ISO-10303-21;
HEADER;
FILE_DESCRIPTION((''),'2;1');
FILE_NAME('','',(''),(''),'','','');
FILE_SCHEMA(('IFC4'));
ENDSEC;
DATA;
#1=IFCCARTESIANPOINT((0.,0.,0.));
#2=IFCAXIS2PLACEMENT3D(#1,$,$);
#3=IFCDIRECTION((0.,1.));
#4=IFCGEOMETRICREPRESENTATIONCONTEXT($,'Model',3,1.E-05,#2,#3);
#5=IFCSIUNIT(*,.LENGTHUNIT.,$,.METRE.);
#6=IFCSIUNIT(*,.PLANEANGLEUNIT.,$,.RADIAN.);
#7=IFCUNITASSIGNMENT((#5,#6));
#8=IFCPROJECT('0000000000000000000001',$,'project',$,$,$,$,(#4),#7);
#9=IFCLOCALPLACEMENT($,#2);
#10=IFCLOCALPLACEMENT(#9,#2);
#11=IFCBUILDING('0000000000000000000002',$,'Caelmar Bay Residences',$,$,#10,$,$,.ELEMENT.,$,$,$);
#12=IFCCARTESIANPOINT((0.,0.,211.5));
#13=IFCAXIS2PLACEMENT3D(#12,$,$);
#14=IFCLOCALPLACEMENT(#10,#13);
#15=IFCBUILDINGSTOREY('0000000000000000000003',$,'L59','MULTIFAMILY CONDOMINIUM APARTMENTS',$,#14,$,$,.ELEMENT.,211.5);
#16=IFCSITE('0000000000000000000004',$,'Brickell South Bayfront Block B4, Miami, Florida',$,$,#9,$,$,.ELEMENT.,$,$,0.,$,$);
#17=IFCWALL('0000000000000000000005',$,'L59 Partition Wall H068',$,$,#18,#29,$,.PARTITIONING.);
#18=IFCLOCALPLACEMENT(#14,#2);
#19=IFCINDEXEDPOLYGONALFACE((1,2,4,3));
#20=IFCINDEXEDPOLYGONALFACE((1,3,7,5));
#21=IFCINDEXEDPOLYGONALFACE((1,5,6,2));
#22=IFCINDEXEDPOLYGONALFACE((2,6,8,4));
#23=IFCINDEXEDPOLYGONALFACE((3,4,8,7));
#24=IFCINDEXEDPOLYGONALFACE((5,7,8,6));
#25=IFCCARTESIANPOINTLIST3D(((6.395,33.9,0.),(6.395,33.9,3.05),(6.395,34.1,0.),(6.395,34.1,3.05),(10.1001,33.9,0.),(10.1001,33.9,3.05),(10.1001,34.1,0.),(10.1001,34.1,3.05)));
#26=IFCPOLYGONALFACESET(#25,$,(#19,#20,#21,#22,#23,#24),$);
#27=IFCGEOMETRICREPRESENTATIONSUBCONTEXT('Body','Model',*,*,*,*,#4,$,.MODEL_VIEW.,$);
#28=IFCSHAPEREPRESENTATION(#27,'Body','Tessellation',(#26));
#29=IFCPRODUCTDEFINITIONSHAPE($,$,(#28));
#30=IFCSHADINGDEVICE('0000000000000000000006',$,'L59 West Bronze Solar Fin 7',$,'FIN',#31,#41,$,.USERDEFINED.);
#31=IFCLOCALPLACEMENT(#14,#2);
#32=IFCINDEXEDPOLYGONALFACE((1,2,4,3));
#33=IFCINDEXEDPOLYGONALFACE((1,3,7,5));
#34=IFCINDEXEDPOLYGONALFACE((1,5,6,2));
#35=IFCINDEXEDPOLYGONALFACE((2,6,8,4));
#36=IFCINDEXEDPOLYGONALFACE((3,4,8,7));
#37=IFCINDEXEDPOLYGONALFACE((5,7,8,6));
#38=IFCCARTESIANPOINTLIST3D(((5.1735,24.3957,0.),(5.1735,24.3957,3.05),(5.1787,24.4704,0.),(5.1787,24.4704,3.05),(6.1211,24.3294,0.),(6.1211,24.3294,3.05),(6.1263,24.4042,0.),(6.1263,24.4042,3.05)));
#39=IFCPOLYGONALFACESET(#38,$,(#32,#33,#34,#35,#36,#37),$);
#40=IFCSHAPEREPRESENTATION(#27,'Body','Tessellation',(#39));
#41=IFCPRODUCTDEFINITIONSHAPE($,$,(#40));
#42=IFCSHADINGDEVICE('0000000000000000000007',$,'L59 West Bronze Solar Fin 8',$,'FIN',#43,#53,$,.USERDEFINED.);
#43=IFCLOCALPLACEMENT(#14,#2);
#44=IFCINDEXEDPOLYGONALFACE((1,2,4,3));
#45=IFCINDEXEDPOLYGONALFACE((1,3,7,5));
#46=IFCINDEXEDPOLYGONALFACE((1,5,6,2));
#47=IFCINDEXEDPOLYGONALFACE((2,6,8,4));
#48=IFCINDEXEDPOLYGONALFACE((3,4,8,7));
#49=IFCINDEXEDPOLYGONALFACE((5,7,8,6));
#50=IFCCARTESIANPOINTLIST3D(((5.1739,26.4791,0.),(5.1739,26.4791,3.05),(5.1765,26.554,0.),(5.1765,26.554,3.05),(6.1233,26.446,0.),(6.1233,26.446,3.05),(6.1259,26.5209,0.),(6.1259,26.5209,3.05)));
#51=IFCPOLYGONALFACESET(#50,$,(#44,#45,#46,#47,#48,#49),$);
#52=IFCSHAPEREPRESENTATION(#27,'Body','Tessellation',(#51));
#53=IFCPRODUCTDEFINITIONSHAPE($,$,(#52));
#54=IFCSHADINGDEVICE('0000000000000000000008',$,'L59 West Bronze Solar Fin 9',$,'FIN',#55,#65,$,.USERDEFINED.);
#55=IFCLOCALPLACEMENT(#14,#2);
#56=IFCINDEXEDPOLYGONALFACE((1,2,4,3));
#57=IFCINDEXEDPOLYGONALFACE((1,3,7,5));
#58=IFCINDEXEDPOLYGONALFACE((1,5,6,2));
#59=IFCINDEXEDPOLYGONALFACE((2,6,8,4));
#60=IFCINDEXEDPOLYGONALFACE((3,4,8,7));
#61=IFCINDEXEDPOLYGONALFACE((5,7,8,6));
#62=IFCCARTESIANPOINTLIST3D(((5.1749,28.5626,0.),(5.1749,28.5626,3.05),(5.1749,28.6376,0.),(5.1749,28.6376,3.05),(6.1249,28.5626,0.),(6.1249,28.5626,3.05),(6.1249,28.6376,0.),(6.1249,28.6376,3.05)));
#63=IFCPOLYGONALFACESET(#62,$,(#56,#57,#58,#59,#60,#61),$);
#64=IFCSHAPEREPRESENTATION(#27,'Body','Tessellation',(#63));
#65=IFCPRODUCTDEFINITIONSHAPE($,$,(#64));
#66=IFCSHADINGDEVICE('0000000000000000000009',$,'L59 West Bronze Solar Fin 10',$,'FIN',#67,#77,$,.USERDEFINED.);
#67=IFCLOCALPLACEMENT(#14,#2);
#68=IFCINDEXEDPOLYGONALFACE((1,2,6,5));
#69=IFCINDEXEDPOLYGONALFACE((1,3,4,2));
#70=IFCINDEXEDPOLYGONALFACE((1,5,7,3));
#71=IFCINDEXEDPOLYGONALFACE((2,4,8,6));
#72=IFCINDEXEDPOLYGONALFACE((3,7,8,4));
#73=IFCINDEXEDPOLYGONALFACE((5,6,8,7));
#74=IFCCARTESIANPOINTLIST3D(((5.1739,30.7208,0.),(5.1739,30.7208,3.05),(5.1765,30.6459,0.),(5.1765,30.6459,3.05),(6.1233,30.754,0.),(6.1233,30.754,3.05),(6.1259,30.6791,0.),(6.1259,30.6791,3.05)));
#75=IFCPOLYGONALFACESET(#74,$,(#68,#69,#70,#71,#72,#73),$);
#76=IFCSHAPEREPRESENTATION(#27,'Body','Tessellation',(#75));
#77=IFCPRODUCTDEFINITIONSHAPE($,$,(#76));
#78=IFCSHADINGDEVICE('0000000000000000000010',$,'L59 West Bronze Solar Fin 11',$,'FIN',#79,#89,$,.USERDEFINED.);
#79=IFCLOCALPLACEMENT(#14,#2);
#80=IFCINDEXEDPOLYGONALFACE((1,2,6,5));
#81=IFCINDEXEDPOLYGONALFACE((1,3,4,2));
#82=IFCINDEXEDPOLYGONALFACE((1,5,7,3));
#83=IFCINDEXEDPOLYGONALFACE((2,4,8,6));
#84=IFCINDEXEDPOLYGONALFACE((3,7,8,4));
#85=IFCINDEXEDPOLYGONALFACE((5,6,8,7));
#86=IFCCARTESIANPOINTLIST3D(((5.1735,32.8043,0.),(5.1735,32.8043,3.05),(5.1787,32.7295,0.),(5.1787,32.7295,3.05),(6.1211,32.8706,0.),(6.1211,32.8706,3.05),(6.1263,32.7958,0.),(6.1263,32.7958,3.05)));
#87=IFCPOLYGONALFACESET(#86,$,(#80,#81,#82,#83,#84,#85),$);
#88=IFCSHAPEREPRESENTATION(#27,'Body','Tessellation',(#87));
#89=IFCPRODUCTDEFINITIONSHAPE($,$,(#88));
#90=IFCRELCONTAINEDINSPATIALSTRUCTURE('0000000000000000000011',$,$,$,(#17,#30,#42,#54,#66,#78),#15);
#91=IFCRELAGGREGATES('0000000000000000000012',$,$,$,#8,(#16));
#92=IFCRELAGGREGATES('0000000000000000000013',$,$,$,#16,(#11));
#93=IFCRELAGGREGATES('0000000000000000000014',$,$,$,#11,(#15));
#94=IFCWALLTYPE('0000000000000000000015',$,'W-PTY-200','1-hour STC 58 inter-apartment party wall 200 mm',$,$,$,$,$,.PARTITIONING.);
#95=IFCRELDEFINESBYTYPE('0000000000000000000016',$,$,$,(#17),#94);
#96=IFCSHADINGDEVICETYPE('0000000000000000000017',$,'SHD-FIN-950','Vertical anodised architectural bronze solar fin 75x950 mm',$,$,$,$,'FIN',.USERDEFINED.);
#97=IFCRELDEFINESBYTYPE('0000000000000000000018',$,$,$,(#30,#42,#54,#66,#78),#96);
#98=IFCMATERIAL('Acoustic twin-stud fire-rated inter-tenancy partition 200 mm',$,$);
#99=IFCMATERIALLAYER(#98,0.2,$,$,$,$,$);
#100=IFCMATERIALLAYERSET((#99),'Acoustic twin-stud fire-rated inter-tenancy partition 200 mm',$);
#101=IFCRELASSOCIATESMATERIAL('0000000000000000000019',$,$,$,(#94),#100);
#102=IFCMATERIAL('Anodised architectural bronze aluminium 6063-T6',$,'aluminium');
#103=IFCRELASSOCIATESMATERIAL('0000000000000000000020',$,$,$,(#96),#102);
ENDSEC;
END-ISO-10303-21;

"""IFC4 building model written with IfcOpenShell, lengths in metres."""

from ifc_helpers import new_model, si_unit, direction, frame, frame_2d, origin, origin_2d, place, context, subcontext, project, spatial, rectangle, extrude, material, layer, layer_set, material_profile, profile_set, type_object, element, save


model = new_model("IFC4")

# Units and contexts
model_context = context("Model", 3, precision=1e-05, world=origin(), true_north=direction((0.0, 1.0)))
body_context = subcontext(model_context, "Body", "Model", "MODEL_VIEW")
ifc_project = project(units=[si_unit("LENGTHUNIT", "METRE"), si_unit("PLANEANGLEUNIT", "RADIAN")], contexts=[model_context])

# Site, building, storey
site_placement = place(None, origin())
site = spatial("IfcSite", under=ifc_project, at=site_placement, Name="Brickell South Bayfront Block B4, Miami, Florida", CompositionType="ELEMENT", RefElevation=0.0)
building_placement = place(site_placement, origin())
building = spatial("IfcBuilding", under=site, at=building_placement, Name="Caelmar Bay Residences", CompositionType="ELEMENT")
storey_placement = place(building_placement, frame((0.0, 0.0, 211.5)))
storey = spatial("IfcBuildingStorey", under=building, at=storey_placement, Name="L59", Description="MULTIFAMILY CONDOMINIUM APARTMENTS", CompositionType="ELEMENT", Elevation=211.5)

# Wall
ifc_material_1 = material(Name="Acoustic twin-stud fire-rated inter-tenancy partition 200 mm")
ifc_layer_1 = layer(ifc_material_1, 0.2)
ifc_layer_set_1 = layer_set([ifc_layer_1], Name="Acoustic twin-stud fire-rated inter-tenancy partition 200 mm")
wall_type_1 = type_object("IfcWallType", Name="W-PTY-200", Description="1-hour STC 58 inter-apartment party wall 200 mm", PredefinedType="PARTITIONING", material=ifc_layer_set_1)
wall_1_placement = place(storey_placement, frame((6.395, 34.0, 0.0), z_axis=(0.0, 0.0, 1.0), x_axis=(1.0, 0.0, 0.0)))
element("IfcWall", 1, at=wall_1_placement, inside=storey, type_object=wall_type_1, Name="L59 Partition Wall H068", PredefinedType="PARTITIONING", context=body_context, shape_type="SweptSolid", body=[
    extrude(rectangle(XDim=3.7051, YDim=0.2, at=frame_2d((1.8525, 0.0))), origin(), (0.0, 0.0, 1.0), 3.05),
])

# Shading devices
ifc_material_2 = material(Name="Anodised architectural bronze aluminium 6063-T6", Category="aluminium")
ifc_material_profile_1 = material_profile(ifc_material_2, rectangle(XDim=0.075, YDim=0.95, at=origin_2d()), Name="BRONZE-FIN-75X950")
ifc_profile_set_1 = profile_set([ifc_material_profile_1], Name="Anodised architectural bronze aluminium 6063-T6")
shading_device_type = type_object("IfcShadingDeviceType", Name="SHD-FIN-950", Description="Vertical anodised architectural bronze solar fin 75x950 mm", ElementType="FIN", PredefinedType="USERDEFINED", material=ifc_profile_set_1)
for number, where, z_axis, x_axis, name in (
    (2, (5.6499, 24.3999, 0.0), (0.0, 0.0, 1.0), (0.069756, 0.997564, 0.0), "L59 West Bronze Solar Fin 7"),
    (3, (5.6499, 26.5, 0.0), (0.0, 0.0, 1.0), (0.034899, 0.999391, 0.0), "L59 West Bronze Solar Fin 8"),
    (4, (5.6499, 28.6001, 0.0), (0.0, 0.0, 1.0), (0.0, 1.0, 0.0), "L59 West Bronze Solar Fin 9"),
    (5, (5.6499, 30.7, 0.0), (0.0, 0.0, 1.0), (-0.034899, 0.999391, 0.0), "L59 West Bronze Solar Fin 10"),
    (6, (5.6499, 32.8, 0.0), (0.0, 0.0, 1.0), (-0.069756, 0.997564, 0.0), "L59 West Bronze Solar Fin 11"),
):
    element("IfcShadingDevice", number, at=place(storey_placement, frame(where, z_axis=z_axis, x_axis=x_axis)), inside=storey, type_object=shading_device_type, Name=name, ObjectType="FIN", PredefinedType="USERDEFINED", context=body_context, shape_type="SweptSolid", body=[
        extrude(rectangle(XDim=0.075, YDim=0.95, at=origin_2d()), origin(), (0.0, 0.0, 1.0), 3.05),
    ])

save(model, "model.ifc")
